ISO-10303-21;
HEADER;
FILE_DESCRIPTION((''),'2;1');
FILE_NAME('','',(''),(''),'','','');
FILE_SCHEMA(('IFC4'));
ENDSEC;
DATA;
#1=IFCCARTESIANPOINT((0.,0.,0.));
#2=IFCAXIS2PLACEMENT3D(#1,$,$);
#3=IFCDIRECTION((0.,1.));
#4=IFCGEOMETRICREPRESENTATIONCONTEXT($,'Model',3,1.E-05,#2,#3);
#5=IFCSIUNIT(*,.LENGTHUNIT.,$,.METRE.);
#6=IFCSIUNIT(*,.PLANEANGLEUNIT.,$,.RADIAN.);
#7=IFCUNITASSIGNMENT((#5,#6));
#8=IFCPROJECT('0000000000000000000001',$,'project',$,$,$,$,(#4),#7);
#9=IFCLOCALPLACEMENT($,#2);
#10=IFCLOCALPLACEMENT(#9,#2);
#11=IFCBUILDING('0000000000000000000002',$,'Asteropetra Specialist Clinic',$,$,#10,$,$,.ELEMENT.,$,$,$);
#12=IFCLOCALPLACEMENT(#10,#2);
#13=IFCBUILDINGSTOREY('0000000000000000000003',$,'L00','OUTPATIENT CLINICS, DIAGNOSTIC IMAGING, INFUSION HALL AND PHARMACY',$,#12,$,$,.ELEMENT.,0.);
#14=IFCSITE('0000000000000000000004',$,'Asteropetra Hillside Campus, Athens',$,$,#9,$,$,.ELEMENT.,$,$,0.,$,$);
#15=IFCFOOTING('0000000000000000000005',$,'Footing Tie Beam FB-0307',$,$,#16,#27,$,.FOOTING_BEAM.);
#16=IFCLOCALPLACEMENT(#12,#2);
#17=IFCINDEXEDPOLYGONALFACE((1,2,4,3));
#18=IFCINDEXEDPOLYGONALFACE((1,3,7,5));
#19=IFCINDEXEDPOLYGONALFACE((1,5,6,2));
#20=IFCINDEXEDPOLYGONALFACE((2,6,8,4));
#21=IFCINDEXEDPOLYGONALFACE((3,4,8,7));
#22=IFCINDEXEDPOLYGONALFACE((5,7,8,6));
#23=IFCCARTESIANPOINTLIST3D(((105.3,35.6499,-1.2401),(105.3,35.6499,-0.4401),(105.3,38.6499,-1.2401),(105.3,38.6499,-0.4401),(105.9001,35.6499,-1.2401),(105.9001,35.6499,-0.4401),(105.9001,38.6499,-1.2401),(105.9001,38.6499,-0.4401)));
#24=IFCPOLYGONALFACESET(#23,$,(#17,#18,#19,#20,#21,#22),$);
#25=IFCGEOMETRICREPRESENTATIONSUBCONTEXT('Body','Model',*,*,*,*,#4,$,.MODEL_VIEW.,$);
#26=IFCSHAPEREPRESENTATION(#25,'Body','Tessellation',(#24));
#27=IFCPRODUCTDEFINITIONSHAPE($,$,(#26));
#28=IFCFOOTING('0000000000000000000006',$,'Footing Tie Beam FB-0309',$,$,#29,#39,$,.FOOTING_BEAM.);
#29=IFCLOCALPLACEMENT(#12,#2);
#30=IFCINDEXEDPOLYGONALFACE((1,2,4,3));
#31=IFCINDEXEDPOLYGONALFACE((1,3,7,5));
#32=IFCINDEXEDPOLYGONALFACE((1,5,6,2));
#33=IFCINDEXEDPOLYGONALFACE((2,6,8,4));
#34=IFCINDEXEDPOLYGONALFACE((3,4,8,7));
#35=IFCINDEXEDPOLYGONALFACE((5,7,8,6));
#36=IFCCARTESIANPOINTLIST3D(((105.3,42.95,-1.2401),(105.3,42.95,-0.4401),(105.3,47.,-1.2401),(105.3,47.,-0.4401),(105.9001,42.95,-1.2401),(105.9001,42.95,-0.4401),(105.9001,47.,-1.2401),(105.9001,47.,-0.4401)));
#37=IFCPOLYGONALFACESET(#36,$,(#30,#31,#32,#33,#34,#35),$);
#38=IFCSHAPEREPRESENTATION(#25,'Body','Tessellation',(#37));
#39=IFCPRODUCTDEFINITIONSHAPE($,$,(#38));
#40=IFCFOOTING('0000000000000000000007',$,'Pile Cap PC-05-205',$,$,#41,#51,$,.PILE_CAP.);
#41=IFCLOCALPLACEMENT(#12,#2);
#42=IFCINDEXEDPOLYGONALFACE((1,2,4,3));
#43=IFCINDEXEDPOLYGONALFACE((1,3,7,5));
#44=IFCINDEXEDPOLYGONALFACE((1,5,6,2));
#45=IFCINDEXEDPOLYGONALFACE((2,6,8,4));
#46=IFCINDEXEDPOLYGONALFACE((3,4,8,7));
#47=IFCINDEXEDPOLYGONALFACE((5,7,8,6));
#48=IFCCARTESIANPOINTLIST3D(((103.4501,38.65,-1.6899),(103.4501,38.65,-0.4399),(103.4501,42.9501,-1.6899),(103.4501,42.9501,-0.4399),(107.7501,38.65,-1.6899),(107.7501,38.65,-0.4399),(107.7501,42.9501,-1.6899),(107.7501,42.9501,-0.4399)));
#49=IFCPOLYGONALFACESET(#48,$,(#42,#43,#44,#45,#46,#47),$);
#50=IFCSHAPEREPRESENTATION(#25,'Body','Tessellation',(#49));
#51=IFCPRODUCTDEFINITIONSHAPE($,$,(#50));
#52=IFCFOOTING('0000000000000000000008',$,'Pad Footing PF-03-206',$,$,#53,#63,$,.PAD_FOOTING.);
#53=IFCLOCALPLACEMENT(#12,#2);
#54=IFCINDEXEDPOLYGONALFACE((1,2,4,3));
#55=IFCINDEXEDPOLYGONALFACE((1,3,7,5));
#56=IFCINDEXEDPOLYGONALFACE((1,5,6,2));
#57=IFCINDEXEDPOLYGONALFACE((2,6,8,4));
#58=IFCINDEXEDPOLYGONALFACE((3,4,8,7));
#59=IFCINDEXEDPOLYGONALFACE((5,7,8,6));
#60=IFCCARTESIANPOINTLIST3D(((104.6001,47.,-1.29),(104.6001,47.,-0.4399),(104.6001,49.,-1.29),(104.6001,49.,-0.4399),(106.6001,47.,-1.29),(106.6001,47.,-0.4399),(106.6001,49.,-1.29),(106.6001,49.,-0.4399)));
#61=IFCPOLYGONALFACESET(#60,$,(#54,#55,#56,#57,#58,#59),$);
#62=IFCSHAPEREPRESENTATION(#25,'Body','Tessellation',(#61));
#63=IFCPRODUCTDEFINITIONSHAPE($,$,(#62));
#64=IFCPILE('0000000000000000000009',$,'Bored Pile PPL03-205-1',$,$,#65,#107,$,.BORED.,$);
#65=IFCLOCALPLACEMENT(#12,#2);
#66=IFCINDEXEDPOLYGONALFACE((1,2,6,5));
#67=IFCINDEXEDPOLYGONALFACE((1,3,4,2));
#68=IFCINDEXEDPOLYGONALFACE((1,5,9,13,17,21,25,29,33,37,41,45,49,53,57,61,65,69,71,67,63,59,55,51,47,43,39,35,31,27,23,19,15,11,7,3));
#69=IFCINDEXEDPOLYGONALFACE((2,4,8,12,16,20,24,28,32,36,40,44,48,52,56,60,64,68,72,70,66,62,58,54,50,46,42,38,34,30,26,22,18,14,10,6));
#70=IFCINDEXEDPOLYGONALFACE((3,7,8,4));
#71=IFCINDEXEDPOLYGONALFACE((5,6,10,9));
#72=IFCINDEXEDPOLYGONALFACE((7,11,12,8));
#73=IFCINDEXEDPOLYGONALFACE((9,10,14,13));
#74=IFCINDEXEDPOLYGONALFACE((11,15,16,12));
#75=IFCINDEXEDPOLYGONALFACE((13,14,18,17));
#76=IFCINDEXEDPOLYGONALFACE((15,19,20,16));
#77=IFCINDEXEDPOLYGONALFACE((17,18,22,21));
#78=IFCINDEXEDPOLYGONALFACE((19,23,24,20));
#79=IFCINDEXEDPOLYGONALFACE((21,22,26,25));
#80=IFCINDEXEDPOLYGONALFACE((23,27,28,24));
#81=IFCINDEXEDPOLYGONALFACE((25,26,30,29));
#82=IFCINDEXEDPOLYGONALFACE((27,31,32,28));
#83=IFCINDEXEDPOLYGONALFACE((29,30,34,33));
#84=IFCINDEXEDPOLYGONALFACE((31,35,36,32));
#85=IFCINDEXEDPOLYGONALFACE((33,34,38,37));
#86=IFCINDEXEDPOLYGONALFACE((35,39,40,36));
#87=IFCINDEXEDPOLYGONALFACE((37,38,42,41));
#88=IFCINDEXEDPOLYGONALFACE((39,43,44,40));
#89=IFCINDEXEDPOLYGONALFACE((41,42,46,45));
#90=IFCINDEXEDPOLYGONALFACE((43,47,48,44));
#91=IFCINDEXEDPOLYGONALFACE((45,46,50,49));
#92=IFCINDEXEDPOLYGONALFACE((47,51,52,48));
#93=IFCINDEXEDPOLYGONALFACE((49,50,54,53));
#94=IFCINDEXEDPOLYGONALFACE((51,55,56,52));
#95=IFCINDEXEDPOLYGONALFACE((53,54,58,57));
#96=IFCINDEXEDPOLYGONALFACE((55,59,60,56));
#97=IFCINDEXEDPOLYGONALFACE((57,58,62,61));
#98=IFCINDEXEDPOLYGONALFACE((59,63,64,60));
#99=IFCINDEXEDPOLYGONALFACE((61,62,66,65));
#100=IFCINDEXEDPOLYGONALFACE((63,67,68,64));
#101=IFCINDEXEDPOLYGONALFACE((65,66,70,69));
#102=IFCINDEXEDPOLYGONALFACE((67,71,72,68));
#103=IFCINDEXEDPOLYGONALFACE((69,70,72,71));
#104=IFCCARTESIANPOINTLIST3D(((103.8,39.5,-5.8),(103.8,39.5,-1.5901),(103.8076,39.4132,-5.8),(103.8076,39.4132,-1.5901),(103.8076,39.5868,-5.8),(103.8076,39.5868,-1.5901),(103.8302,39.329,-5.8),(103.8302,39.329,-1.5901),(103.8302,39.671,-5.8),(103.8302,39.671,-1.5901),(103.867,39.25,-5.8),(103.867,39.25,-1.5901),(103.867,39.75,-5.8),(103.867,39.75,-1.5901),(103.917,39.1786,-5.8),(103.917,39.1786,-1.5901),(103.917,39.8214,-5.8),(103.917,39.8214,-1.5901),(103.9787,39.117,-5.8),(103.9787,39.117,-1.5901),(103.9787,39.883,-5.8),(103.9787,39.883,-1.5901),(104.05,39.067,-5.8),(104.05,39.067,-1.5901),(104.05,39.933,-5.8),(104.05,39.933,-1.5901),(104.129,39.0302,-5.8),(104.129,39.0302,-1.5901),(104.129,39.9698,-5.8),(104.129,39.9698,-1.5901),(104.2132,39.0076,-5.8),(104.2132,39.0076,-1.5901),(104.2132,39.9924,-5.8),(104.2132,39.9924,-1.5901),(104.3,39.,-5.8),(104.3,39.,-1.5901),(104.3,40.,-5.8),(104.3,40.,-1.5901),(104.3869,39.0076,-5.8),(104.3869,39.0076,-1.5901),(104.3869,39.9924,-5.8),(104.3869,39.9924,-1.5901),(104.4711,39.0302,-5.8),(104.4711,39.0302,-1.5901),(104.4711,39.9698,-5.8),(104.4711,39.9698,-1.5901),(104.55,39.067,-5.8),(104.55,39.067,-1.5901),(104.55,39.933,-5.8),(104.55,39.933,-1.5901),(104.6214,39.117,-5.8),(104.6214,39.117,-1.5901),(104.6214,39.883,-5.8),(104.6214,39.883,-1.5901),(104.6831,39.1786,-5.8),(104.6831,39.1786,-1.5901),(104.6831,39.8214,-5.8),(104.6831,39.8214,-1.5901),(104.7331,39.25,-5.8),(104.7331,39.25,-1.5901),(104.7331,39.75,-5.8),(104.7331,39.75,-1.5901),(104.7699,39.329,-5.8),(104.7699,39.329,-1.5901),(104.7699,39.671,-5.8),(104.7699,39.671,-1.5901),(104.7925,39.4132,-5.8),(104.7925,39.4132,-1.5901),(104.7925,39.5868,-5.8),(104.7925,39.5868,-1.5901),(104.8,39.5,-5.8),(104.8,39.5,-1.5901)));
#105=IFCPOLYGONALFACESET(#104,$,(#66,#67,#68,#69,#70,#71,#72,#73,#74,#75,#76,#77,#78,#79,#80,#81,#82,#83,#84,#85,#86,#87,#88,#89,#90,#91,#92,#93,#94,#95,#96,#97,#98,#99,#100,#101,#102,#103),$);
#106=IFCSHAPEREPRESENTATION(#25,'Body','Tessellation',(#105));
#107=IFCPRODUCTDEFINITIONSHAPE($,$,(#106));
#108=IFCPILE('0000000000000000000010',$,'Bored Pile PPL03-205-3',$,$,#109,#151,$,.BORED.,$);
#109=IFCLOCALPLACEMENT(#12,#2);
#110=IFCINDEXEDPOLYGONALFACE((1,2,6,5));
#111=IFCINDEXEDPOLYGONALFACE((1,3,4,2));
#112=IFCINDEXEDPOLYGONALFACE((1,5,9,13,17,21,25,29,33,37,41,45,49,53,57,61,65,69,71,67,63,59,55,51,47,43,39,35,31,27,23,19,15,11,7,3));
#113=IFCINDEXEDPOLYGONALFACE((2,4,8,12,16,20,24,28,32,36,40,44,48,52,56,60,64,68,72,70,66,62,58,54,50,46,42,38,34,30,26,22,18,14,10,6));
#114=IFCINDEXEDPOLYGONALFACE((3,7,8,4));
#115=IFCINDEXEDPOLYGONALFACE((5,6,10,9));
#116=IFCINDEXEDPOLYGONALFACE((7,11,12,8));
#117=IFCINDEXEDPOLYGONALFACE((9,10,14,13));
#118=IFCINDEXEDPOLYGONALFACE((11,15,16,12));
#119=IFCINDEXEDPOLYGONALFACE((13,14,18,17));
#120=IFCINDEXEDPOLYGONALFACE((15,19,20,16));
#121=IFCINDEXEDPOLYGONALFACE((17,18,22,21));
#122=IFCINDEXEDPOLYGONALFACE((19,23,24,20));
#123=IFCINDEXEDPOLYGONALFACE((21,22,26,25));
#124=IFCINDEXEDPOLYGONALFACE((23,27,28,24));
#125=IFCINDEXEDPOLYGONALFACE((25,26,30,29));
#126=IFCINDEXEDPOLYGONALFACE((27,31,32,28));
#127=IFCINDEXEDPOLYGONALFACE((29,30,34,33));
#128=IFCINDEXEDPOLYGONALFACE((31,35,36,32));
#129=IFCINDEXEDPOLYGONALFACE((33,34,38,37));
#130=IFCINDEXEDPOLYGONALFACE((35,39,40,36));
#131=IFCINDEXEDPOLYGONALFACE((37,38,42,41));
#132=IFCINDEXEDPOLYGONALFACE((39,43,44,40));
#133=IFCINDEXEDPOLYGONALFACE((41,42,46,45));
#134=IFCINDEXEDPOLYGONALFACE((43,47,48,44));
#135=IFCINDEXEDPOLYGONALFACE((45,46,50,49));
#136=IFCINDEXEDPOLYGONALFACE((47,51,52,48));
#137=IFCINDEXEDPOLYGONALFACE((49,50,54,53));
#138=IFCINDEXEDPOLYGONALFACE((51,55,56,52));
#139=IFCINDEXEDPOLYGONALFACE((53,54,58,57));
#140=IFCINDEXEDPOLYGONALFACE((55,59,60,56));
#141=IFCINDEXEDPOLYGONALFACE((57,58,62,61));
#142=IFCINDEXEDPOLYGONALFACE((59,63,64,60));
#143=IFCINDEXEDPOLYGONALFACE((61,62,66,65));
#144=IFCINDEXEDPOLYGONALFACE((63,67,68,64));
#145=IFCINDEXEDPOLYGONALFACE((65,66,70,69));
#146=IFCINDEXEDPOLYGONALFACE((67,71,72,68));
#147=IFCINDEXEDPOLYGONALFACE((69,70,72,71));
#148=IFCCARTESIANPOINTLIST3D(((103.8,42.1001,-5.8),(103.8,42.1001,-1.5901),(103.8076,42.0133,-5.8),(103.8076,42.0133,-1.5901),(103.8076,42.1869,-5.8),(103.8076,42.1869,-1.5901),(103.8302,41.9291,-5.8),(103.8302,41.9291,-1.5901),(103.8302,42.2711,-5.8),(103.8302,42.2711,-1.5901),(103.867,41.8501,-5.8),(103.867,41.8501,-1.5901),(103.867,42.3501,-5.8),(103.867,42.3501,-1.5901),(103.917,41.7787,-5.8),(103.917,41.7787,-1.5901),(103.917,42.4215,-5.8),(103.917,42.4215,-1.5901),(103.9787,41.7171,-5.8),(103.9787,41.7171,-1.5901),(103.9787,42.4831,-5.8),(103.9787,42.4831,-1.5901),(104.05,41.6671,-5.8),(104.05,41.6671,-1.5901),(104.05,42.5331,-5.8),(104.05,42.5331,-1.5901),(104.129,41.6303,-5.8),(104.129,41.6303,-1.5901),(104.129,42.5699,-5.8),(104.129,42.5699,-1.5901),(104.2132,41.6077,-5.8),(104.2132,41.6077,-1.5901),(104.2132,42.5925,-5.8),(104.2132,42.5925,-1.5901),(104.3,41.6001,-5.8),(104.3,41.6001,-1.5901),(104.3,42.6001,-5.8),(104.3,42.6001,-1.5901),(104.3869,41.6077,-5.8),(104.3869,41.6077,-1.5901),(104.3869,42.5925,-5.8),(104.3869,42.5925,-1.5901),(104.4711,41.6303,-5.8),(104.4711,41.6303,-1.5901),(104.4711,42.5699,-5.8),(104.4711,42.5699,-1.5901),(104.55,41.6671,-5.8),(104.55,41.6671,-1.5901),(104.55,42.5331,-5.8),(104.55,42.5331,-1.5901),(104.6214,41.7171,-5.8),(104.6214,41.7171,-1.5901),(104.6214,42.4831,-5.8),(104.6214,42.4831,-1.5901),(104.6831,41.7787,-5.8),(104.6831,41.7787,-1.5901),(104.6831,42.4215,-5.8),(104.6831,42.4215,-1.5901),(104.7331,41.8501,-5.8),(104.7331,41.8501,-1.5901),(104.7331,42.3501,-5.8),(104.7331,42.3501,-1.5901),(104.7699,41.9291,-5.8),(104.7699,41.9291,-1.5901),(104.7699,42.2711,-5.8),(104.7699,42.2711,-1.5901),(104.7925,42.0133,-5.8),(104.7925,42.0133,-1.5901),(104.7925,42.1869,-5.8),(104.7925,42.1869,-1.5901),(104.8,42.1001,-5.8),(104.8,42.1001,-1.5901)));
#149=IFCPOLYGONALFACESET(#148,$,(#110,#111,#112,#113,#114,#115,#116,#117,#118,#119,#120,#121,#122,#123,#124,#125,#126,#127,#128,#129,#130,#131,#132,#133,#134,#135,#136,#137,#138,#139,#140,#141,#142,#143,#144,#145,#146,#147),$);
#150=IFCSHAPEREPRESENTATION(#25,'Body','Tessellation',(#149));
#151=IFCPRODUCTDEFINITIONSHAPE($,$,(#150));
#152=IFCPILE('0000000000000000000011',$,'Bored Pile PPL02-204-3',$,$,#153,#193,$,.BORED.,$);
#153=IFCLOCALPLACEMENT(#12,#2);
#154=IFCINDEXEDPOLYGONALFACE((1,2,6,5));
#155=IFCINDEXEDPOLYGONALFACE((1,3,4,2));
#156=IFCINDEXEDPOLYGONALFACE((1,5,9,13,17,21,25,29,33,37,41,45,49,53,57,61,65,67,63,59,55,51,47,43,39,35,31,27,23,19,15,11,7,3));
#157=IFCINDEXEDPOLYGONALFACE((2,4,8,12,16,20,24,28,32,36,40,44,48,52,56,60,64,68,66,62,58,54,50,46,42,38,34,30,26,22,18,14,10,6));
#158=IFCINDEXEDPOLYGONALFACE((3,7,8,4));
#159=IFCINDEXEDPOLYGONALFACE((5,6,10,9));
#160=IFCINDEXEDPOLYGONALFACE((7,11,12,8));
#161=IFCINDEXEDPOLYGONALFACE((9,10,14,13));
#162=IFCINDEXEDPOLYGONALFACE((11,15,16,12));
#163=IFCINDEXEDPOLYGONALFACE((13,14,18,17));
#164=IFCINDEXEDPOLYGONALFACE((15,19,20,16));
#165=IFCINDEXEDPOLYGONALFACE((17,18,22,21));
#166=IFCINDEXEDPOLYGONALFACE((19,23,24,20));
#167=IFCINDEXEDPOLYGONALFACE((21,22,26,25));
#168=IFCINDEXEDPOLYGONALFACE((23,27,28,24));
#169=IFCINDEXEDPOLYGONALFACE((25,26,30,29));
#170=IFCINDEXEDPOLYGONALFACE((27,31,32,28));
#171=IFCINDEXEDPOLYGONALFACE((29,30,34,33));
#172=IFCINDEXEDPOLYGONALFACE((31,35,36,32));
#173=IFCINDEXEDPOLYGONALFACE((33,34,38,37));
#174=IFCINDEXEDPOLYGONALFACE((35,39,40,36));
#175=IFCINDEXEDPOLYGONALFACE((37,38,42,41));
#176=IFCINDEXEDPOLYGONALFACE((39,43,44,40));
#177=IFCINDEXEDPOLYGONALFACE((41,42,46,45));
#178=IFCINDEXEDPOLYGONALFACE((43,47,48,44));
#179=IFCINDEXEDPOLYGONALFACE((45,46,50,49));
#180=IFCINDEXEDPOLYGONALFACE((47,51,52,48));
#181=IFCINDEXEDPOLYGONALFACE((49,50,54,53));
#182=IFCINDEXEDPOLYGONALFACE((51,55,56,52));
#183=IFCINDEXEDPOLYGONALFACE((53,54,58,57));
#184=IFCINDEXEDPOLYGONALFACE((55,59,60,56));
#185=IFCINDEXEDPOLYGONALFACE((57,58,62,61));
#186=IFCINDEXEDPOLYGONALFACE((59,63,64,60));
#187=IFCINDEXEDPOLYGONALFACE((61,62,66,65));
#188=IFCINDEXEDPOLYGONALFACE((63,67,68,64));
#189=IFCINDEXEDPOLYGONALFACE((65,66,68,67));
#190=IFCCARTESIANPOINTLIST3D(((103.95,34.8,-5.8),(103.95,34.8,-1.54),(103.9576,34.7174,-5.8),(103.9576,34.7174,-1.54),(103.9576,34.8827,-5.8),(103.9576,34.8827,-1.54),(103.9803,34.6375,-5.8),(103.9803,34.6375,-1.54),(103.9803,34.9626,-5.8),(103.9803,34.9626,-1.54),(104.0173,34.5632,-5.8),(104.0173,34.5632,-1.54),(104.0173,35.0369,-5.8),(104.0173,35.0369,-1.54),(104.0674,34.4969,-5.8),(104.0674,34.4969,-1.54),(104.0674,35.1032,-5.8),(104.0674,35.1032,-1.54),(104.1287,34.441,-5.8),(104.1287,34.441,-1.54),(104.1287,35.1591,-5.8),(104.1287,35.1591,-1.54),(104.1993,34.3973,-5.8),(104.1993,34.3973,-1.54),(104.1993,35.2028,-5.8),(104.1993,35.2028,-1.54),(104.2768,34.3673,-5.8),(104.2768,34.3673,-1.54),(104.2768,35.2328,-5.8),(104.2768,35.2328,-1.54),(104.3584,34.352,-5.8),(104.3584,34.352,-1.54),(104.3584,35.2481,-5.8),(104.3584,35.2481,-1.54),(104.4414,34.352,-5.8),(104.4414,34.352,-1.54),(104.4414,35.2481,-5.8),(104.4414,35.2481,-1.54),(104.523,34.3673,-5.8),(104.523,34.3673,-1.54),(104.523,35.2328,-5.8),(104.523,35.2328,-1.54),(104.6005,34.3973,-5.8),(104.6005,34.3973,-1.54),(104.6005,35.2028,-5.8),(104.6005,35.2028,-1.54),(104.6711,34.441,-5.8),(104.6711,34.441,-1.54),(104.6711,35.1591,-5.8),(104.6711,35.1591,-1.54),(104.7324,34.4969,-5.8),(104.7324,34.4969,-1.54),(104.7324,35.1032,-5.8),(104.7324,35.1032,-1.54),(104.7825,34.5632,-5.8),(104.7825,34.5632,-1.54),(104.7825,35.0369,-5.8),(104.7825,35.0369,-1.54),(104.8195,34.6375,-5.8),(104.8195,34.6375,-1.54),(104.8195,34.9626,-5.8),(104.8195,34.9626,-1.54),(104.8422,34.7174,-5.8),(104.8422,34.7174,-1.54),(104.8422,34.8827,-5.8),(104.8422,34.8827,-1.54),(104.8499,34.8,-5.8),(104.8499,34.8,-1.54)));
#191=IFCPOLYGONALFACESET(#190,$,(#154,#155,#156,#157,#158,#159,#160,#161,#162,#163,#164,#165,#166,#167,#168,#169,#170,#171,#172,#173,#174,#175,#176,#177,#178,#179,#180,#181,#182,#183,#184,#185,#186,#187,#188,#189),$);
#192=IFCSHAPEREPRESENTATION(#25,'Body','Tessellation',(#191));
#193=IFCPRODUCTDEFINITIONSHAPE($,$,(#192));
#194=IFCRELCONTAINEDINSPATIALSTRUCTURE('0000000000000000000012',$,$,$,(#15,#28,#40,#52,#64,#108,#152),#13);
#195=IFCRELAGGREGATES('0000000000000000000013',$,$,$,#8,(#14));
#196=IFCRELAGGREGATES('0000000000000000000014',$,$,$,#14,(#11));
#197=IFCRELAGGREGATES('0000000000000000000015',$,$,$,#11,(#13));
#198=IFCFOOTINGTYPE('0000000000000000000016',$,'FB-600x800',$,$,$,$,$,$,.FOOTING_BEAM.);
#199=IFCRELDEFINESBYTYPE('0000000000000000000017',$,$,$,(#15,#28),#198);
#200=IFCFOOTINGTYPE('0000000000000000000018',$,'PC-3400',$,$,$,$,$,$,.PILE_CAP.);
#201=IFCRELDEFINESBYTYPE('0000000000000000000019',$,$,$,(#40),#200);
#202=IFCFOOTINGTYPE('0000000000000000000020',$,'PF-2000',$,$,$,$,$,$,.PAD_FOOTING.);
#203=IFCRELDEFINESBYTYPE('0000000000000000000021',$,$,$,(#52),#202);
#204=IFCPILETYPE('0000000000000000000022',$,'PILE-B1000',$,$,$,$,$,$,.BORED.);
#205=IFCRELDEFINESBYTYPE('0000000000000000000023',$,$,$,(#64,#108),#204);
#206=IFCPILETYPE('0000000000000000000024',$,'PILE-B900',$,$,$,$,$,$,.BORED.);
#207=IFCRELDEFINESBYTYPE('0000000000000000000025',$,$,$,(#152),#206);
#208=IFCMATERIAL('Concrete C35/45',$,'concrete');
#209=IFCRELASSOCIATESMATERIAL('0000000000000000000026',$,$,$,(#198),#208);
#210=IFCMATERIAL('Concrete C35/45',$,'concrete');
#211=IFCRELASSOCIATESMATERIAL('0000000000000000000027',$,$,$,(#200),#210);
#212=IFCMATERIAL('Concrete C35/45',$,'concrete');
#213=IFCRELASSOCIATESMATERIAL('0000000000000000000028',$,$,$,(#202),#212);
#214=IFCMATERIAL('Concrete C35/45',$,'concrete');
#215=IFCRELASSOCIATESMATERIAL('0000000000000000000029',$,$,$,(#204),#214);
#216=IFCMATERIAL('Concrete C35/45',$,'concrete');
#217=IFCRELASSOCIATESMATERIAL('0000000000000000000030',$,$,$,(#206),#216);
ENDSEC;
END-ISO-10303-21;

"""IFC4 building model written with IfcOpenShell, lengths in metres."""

from ifc_helpers import new_model, si_unit, direction, frame, origin, origin_2d, place, context, subcontext, project, spatial, rectangle, circle, extrude, material, material_profile, profile_set, type_object, element, save


model = new_model("IFC4")

# Units and contexts
model_context = context("Model", 3, precision=1e-05, world=origin(), true_north=direction((0.0, 1.0)))
body_context = subcontext(model_context, "Body", "Model", "MODEL_VIEW")
ifc_project = project(units=[si_unit("LENGTHUNIT", "METRE"), si_unit("PLANEANGLEUNIT", "RADIAN")], contexts=[model_context])

# Site, building, storey
site_placement = place(None, origin())
site = spatial("IfcSite", under=ifc_project, at=site_placement, Name="Asteropetra Hillside Campus, Athens", CompositionType="ELEMENT", RefElevation=0.0)
building_placement = place(site_placement, origin())
building = spatial("IfcBuilding", under=site, at=building_placement, Name="Asteropetra Specialist Clinic", CompositionType="ELEMENT")
storey_placement = place(building_placement, origin())
storey = spatial("IfcBuildingStorey", under=building, at=storey_placement, Name="L00", Description="OUTPATIENT CLINICS, DIAGNOSTIC IMAGING, INFUSION HALL AND PHARMACY", CompositionType="ELEMENT", Elevation=0.0)

# Footings
ifc_material_1 = material(Name="Concrete C35/45", Category="concrete")
ifc_material_profile_1 = material_profile(ifc_material_1, rectangle(XDim=0.6001, YDim=0.8, at=origin_2d()), Name="FB 600x800")
ifc_profile_set_1 = profile_set([ifc_material_profile_1], Name="Concrete C35/45")
footing_type_1 = type_object("IfcFootingType", Name="FB-600x800", PredefinedType="FOOTING_BEAM", material=ifc_profile_set_1)
footing_1_placement = place(storey_placement, frame((105.6001, 35.6499, -0.8401), z_axis=(0.0, 1.0, 0.0), x_axis=(-1.0, 0.0, 0.0)))
element("IfcFooting", 1, at=footing_1_placement, inside=storey, type_object=footing_type_1, Name="Footing Tie Beam FB-0307", PredefinedType="FOOTING_BEAM", context=body_context, shape_type="SweptSolid", body=[
    extrude(rectangle(XDim=0.6001, YDim=0.8, at=origin_2d()), origin(), (0.0, 0.0, 1.0), 3.0),
])
footing_2_placement = place(storey_placement, frame((105.6001, 42.95, -0.8401), z_axis=(0.0, 1.0, 0.0), x_axis=(-1.0, 0.0, 0.0)))
element("IfcFooting", 2, at=footing_2_placement, inside=storey, type_object=footing_type_1, Name="Footing Tie Beam FB-0309", PredefinedType="FOOTING_BEAM", context=body_context, shape_type="SweptSolid", body=[
    extrude(rectangle(XDim=0.6001, YDim=0.8, at=origin_2d()), origin(), (0.0, 0.0, 1.0), 4.05),
])
ifc_material_2 = material(Name="Concrete C35/45", Category="concrete")
footing_type_2 = type_object("IfcFootingType", Name="PC-3400", PredefinedType="PILE_CAP", material=ifc_material_2)
footing_3_placement = place(storey_placement, frame((105.6001, 40.8, -1.6899), z_axis=(0.0, 0.0, 1.0), x_axis=(1.0, 0.0, 0.0)))
element("IfcFooting", 3, at=footing_3_placement, inside=storey, type_object=footing_type_2, Name="Pile Cap PC-05-205", PredefinedType="PILE_CAP", context=body_context, shape_type="SweptSolid", body=[
    extrude(rectangle(XDim=4.3, YDim=4.3, at=origin_2d()), origin(), (0.0, 0.0, 1.0), 1.25),
])
ifc_material_3 = material(Name="Concrete C35/45", Category="concrete")
footing_type_3 = type_object("IfcFootingType", Name="PF-2000", PredefinedType="PAD_FOOTING", material=ifc_material_3)
footing_4_placement = place(storey_placement, frame((105.6001, 48.0, -1.29), z_axis=(0.0, 0.0, 1.0), x_axis=(1.0, 0.0, 0.0)))
element("IfcFooting", 4, at=footing_4_placement, inside=storey, type_object=footing_type_3, Name="Pad Footing PF-03-206", PredefinedType="PAD_FOOTING", context=body_context, shape_type="SweptSolid", body=[
    extrude(rectangle(XDim=2.0, YDim=2.0, at=origin_2d()), origin(), (0.0, 0.0, 1.0), 0.8501),
])

# Piles
ifc_material_4 = material(Name="Concrete C35/45", Category="concrete")
ifc_material_profile_2 = material_profile(ifc_material_4, circle(Radius=0.5, at=origin_2d()), Name="PILE D1000")
ifc_profile_set_2 = profile_set([ifc_material_profile_2], Name="Concrete C35/45")
pile_type_1 = type_object("IfcPileType", Name="PILE-B1000", PredefinedType="BORED", material=ifc_profile_set_2)
for number, where, z_axis, x_axis, name in (
    (5, (104.3, 39.5, -1.5901), (0.0, 0.0, -1.0), (1.0, 0.0, 0.0), "Bored Pile PPL03-205-1"),
    (6, (104.3, 42.1001, -1.5901), (0.0, 0.0, -1.0), (1.0, 0.0, 0.0), "Bored Pile PPL03-205-3"),
):
    element("IfcPile", number, at=place(storey_placement, frame(where, z_axis=z_axis, x_axis=x_axis)), inside=storey, type_object=pile_type_1, Name=name, PredefinedType="BORED", context=body_context, shape_type="SweptSolid", body=[
        extrude(circle(Radius=0.5, at=origin_2d()), origin(), (0.0, 0.0, 1.0), 4.21),
    ])
ifc_material_5 = material(Name="Concrete C35/45", Category="concrete")
ifc_material_profile_3 = material_profile(ifc_material_5, circle(Radius=0.45, at=origin_2d()), Name="PILE D900")
ifc_profile_set_3 = profile_set([ifc_material_profile_3], Name="Concrete C35/45")
pile_type_2 = type_object("IfcPileType", Name="PILE-B900", PredefinedType="BORED", material=ifc_profile_set_3)
pile_placement = place(storey_placement, frame((104.3999, 34.8, -1.54), z_axis=(0.0, 0.0, -1.0), x_axis=(1.0, 0.0, 0.0)))
element("IfcPile", 7, at=pile_placement, inside=storey, type_object=pile_type_2, Name="Bored Pile PPL02-204-3", PredefinedType="BORED", context=body_context, shape_type="SweptSolid", body=[
    extrude(circle(Radius=0.45, at=origin_2d()), origin(), (0.0, 0.0, 1.0), 4.26),
])

save(model, "model.ifc")
